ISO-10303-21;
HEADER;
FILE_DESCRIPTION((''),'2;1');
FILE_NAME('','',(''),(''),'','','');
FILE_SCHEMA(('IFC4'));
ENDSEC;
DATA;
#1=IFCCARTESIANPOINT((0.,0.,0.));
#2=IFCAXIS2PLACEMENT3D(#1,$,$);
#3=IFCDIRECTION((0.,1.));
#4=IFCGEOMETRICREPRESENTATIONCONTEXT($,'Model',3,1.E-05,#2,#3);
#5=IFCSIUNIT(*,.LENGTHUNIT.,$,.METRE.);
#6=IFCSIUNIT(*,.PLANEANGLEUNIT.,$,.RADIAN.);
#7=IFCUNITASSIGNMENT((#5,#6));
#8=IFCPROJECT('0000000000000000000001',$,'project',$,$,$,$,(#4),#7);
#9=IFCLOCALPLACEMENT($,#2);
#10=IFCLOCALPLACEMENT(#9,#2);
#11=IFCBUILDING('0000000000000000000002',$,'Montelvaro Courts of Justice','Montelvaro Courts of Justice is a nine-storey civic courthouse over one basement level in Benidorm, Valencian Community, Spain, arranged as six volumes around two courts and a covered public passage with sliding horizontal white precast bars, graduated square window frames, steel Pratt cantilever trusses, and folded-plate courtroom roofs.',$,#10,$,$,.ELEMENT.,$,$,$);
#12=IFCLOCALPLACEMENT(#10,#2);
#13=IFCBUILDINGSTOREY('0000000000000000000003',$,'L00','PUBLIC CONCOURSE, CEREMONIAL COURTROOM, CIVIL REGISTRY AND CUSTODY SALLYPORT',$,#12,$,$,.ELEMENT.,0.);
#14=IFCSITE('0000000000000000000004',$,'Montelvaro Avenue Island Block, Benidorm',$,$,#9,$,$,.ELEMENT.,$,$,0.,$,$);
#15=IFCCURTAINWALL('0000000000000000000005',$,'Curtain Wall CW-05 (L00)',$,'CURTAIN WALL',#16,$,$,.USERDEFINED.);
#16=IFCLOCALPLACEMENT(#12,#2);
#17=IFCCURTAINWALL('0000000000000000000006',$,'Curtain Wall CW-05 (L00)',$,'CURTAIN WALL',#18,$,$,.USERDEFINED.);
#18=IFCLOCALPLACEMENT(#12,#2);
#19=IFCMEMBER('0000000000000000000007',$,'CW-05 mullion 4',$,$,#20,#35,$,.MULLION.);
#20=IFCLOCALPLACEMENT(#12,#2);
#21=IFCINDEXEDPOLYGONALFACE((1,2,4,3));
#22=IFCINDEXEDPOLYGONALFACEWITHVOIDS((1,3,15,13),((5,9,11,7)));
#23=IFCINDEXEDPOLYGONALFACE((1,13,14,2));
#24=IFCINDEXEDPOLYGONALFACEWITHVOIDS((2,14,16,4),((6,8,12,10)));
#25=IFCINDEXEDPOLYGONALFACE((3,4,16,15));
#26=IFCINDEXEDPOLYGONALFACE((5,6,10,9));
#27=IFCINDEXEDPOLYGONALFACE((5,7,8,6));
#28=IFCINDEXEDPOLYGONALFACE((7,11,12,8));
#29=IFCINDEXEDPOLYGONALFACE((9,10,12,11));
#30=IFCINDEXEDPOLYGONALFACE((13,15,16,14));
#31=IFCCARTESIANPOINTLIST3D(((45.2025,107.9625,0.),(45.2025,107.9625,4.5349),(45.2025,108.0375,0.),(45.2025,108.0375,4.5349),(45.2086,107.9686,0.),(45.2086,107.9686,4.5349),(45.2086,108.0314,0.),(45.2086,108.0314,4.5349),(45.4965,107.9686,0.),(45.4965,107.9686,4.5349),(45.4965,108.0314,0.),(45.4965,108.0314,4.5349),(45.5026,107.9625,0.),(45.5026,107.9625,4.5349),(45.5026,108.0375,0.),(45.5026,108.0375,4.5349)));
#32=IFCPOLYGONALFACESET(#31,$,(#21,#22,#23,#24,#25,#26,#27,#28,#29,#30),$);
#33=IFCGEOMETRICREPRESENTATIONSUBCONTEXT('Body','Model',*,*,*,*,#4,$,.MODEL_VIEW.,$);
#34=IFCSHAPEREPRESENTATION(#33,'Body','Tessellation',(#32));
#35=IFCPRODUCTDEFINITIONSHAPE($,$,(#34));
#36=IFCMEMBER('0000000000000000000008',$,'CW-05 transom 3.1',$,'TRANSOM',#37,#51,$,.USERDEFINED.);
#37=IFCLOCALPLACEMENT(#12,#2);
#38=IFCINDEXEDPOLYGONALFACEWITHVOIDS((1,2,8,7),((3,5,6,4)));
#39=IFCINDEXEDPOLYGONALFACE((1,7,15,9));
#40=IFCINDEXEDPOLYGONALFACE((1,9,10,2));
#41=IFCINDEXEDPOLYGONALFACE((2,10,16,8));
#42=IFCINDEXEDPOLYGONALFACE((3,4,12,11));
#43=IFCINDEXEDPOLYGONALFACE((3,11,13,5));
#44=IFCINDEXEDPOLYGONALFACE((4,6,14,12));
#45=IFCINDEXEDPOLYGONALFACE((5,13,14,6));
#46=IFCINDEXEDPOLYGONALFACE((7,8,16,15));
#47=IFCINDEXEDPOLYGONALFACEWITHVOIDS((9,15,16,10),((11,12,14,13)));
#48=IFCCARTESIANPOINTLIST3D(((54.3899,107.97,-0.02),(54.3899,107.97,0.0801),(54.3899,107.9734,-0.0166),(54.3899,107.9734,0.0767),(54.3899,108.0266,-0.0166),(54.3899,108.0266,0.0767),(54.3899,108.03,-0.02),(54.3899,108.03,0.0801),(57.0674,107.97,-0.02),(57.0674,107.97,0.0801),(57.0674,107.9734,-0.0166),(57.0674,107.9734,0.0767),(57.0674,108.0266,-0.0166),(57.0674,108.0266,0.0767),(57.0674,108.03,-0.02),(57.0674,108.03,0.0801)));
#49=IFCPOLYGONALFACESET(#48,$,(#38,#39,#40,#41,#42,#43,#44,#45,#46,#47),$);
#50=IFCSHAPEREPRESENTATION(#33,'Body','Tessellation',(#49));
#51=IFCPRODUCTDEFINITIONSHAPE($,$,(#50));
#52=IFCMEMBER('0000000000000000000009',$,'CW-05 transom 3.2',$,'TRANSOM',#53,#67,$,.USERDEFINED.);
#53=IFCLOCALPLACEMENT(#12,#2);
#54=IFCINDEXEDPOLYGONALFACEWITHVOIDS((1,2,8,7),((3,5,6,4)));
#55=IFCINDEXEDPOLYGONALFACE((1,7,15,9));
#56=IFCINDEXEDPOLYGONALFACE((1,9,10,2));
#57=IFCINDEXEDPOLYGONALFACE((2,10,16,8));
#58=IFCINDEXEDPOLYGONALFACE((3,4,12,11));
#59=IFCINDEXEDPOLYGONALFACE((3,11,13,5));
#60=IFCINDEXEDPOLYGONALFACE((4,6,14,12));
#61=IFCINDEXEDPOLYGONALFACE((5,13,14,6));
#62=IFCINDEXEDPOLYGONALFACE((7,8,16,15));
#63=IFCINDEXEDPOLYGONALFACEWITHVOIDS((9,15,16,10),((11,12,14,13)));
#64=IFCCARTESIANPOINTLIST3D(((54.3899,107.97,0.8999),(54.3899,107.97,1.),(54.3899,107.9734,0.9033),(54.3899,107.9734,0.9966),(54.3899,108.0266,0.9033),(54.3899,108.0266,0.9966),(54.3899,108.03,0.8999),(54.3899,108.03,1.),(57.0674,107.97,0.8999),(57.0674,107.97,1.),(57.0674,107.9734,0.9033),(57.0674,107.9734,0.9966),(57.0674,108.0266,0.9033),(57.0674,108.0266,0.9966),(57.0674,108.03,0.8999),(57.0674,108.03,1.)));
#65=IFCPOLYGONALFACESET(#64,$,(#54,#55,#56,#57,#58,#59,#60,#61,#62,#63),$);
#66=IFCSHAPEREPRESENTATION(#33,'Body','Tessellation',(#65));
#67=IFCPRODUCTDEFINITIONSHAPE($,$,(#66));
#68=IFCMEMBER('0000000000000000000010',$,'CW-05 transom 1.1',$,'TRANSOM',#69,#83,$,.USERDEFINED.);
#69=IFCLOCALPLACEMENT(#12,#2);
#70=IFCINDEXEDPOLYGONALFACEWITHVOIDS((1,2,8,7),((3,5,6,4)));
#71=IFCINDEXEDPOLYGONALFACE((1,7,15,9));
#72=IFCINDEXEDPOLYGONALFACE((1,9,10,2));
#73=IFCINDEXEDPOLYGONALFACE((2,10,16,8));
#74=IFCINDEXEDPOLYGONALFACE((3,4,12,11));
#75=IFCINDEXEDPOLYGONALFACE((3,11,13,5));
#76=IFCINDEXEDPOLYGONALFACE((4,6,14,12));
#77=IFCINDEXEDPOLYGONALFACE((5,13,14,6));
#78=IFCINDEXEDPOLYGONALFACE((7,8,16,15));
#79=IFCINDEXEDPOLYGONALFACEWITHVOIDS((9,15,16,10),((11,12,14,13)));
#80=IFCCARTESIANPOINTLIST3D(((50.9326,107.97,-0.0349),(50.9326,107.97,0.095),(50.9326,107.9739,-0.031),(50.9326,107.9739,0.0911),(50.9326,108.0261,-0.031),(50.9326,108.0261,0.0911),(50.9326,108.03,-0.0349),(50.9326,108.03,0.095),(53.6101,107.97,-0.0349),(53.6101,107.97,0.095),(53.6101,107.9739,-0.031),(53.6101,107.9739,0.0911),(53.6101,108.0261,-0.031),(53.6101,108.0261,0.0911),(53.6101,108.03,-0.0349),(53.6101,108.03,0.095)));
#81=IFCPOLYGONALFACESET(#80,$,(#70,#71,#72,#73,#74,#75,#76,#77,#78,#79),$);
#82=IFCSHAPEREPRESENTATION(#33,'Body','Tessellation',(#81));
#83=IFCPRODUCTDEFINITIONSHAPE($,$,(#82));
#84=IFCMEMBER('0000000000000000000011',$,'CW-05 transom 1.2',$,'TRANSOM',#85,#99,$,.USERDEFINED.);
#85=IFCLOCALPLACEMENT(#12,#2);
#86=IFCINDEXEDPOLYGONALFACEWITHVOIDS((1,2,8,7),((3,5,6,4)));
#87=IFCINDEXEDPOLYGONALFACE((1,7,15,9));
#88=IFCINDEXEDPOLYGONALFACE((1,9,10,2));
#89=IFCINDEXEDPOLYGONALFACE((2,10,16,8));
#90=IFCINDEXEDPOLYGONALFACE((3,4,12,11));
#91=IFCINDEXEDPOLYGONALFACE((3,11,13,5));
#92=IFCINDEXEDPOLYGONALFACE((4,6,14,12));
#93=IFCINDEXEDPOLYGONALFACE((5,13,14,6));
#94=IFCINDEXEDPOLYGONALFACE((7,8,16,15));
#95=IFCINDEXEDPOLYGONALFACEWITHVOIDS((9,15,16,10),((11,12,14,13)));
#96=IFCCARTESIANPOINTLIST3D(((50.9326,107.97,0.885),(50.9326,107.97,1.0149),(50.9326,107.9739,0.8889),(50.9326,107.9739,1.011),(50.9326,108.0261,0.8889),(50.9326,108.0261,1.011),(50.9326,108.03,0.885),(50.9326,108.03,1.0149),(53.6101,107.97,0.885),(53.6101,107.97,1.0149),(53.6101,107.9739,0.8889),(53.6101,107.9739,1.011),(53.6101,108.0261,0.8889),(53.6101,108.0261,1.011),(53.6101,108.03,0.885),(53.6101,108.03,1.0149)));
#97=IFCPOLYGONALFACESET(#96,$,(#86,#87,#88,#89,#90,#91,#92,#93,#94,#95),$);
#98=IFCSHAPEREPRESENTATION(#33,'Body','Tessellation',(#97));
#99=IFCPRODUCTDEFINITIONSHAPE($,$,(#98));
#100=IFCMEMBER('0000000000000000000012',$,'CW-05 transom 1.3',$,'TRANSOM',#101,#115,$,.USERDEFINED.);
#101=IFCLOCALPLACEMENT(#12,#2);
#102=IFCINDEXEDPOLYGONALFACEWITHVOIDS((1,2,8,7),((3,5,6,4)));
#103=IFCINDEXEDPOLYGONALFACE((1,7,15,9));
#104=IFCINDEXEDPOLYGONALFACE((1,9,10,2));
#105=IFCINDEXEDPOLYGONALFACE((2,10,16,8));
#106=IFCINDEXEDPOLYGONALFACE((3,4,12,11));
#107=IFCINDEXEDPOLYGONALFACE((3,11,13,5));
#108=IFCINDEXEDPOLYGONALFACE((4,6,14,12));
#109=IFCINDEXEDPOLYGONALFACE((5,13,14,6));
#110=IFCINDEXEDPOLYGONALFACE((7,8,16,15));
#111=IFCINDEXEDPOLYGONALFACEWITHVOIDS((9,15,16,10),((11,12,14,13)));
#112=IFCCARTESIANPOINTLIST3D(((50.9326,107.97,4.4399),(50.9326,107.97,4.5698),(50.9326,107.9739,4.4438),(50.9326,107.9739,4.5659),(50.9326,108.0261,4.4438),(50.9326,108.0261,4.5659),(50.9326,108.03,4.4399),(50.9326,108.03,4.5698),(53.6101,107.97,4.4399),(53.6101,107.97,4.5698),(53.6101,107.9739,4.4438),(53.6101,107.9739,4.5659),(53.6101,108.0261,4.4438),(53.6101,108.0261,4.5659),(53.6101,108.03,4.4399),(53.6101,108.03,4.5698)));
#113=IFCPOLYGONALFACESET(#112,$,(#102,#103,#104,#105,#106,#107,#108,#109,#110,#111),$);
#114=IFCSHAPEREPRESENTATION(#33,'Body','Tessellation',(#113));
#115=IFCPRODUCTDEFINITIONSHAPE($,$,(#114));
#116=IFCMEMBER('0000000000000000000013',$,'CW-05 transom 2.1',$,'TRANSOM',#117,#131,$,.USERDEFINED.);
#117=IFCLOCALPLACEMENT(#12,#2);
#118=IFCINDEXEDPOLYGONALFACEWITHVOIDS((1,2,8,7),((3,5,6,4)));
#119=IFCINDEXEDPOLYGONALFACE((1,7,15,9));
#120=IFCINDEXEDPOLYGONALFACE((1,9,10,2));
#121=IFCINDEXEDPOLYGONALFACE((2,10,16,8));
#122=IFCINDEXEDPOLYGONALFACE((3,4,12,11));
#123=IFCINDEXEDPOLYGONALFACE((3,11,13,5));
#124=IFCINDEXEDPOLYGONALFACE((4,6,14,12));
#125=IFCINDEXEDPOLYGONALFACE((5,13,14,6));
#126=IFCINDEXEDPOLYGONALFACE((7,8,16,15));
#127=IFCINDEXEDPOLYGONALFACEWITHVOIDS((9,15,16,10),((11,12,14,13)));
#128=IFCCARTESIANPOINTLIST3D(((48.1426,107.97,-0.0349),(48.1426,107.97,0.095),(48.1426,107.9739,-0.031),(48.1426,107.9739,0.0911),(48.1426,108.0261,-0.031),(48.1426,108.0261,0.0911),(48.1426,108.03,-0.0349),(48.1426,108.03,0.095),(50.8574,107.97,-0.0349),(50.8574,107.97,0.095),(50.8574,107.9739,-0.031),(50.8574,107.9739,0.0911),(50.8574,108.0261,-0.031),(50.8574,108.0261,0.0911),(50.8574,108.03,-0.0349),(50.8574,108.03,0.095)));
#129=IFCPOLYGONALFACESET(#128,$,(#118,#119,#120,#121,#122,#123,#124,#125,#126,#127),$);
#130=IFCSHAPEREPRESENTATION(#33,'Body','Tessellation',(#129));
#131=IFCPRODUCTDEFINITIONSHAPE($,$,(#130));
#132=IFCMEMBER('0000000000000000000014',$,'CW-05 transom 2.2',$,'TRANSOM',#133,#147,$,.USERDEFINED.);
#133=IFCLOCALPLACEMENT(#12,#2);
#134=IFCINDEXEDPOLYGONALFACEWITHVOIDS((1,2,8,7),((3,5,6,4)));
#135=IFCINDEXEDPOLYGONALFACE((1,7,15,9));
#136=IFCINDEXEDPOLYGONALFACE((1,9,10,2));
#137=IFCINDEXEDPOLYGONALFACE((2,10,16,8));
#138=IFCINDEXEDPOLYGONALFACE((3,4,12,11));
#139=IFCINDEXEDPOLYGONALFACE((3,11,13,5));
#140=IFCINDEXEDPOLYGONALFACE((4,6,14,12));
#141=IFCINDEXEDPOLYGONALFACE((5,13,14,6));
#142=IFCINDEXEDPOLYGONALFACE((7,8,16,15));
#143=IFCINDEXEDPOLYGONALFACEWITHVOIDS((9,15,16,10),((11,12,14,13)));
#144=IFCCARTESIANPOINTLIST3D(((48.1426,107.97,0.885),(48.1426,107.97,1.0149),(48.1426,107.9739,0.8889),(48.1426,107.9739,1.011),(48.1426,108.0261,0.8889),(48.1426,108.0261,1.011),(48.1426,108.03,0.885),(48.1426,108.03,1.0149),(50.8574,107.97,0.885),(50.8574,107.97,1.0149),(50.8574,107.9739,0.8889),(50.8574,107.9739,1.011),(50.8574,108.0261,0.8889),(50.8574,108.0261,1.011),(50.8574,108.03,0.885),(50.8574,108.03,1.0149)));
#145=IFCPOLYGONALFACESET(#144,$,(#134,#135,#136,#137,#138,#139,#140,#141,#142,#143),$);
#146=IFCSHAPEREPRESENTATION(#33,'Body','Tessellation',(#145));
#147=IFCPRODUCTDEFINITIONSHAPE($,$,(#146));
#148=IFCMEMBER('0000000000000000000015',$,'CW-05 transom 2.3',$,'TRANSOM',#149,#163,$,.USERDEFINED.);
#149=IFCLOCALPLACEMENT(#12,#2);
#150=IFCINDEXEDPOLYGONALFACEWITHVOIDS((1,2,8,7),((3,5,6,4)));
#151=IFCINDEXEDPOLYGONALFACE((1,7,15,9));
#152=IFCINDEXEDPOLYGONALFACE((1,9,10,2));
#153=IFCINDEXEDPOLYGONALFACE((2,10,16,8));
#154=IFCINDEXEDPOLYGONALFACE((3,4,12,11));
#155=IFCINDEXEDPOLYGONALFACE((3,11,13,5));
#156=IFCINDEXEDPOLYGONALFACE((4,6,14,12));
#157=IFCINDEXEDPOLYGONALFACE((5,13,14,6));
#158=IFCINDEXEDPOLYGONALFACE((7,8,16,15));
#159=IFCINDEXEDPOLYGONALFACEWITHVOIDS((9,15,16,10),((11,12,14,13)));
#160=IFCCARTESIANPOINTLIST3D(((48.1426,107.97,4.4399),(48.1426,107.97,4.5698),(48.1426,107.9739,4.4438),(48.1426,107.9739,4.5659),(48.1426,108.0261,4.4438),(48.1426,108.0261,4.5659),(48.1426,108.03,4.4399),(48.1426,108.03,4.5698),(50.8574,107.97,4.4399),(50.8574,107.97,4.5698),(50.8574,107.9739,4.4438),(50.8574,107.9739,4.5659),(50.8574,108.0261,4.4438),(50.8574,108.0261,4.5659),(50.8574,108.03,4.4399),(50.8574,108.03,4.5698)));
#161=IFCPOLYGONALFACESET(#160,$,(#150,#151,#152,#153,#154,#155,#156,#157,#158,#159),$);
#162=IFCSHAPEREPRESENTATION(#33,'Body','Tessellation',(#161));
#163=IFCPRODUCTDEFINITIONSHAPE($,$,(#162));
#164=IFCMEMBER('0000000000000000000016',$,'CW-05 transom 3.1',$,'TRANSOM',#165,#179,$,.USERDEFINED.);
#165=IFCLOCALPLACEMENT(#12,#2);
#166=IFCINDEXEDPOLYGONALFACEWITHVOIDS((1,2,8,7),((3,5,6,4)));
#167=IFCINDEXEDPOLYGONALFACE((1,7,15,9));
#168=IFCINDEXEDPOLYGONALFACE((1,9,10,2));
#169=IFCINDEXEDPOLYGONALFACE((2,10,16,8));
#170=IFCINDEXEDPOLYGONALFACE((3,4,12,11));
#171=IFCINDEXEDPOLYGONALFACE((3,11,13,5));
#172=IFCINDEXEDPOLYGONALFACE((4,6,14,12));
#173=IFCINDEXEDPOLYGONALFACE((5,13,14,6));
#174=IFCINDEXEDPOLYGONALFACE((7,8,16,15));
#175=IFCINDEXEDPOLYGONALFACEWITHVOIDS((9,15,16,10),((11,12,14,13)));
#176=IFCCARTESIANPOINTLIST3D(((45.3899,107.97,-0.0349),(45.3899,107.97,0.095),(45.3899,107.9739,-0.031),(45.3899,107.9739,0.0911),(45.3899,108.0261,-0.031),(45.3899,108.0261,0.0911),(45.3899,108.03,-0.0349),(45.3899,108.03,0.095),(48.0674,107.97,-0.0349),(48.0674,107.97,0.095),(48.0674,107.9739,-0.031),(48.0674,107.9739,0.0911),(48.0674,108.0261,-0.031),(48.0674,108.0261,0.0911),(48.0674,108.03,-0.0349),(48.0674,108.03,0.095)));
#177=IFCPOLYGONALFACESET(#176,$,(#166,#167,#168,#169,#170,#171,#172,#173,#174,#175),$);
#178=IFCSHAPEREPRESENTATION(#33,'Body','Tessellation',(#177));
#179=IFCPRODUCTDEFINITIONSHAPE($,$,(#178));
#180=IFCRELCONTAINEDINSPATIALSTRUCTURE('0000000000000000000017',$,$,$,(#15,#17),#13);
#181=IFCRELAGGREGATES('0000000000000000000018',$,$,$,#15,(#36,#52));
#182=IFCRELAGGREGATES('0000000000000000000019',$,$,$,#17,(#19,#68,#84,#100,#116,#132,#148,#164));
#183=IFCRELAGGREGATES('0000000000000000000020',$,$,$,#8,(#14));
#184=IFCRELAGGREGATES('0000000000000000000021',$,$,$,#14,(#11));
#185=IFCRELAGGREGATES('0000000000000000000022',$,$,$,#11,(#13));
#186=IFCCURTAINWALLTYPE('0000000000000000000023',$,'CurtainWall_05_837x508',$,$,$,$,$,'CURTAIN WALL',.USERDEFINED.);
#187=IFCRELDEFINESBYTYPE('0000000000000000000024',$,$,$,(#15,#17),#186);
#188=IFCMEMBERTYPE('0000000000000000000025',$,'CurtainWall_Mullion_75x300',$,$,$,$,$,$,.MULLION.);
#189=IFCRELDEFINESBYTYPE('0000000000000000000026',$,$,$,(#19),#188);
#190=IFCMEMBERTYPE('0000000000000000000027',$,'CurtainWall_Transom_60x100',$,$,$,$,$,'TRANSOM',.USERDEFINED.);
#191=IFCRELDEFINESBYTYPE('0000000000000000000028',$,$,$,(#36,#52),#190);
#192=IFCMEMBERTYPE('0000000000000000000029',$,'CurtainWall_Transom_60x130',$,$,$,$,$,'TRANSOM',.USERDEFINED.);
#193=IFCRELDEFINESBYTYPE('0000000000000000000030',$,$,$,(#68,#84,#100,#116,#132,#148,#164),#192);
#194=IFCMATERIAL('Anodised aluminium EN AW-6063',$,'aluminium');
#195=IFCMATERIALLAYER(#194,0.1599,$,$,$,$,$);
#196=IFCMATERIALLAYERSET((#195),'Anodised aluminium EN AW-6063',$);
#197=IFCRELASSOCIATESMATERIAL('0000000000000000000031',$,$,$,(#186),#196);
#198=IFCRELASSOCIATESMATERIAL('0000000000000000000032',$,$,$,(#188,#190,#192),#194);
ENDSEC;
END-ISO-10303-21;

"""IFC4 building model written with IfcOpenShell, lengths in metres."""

from ifc_helpers import new_model, si_unit, direction, frame, origin, origin_2d, place, context, subcontext, project, spatial, hollow_rectangle, extrude, material, layer, layer_set, material_profile, profile_set, type_object, element, aggregate, save


model = new_model("IFC4")

# Units and contexts
model_context = context("Model", 3, precision=1e-05, world=origin(), true_north=direction((0.0, 1.0)))
body_context = subcontext(model_context, "Body", "Model", "MODEL_VIEW")
ifc_project = project(units=[si_unit("LENGTHUNIT", "METRE"), si_unit("PLANEANGLEUNIT", "RADIAN")], contexts=[model_context])

# Site, building, storey
site_placement = place(None, origin())
site = spatial("IfcSite", under=ifc_project, at=site_placement, Name="Montelvaro Avenue Island Block, Benidorm", CompositionType="ELEMENT", RefElevation=0.0)
building_placement = place(site_placement, origin())
building = spatial("IfcBuilding", under=site, at=building_placement, Name="Montelvaro Courts of Justice", Description="Montelvaro Courts of Justice is a nine-storey civic courthouse over one basement level in Benidorm, Valencian Community, Spain, arranged as six volumes around two courts and a covered public passage with sliding horizontal white precast bars, graduated square window frames, steel Pratt cantilever trusses, and folded-plate courtroom roofs.", CompositionType="ELEMENT")
storey_placement = place(building_placement, origin())
storey = spatial("IfcBuildingStorey", under=building, at=storey_placement, Name="L00", Description="PUBLIC CONCOURSE, CEREMONIAL COURTROOM, CIVIL REGISTRY AND CUSTODY SALLYPORT", CompositionType="ELEMENT", Elevation=0.0)

# Curtain wall
ifc_material_1 = material(Name="Anodised aluminium EN AW-6063", Category="aluminium")
ifc_layer_1 = layer(ifc_material_1, 0.1599)
ifc_layer_set_1 = layer_set([ifc_layer_1], Name="Anodised aluminium EN AW-6063")
curtain_wall_type = type_object("IfcCurtainWallType", Name="CurtainWall_05_837x508", ElementType="CURTAIN WALL", PredefinedType="USERDEFINED", material=ifc_layer_set_1)
curtain_wall_1_placement = place(storey_placement, origin())
curtain_wall_1 = element("IfcCurtainWall", 1, at=curtain_wall_1_placement, inside=storey, type_object=curtain_wall_type, Name="Curtain Wall CW-05 (L00)", ObjectType="CURTAIN WALL", PredefinedType="USERDEFINED")

# Curtain wall, member
curtain_wall_2_placement = place(storey_placement, origin())
curtain_wall_2 = element("IfcCurtainWall", 2, at=curtain_wall_2_placement, inside=storey, type_object=curtain_wall_type, Name="Curtain Wall CW-05 (L00)", ObjectType="CURTAIN WALL", PredefinedType="USERDEFINED")
ifc_material_profile_1 = material_profile(ifc_material_1, hollow_rectangle(XDim=0.075, YDim=0.3, WallThickness=0.0061, at=origin_2d()), Name="ALU-M 75x300")
ifc_profile_set_1 = profile_set([ifc_material_profile_1], Name="Anodised aluminium EN AW-6063")
member_type_1 = type_object("IfcMemberType", Name="CurtainWall_Mullion_75x300", PredefinedType="MULLION", material=ifc_profile_set_1)
member_1_placement = place(storey_placement, frame((45.3525, 108.0, 0.0), z_axis=(0.0, 0.0, 1.0), x_axis=(0.0, -1.0, 0.0)))
member_1 = element("IfcMember", 3, at=member_1_placement, type_object=member_type_1, Name="CW-05 mullion 4", PredefinedType="MULLION", context=body_context, shape_type="SweptSolid", body=[
    extrude(hollow_rectangle(XDim=0.075, YDim=0.3, WallThickness=0.0061, at=origin_2d()), origin(), (0.0, 0.0, 1.0), 4.5349),
])

# Members
ifc_material_profile_2 = material_profile(ifc_material_1, hollow_rectangle(XDim=0.0601, YDim=0.1001, WallThickness=0.0034, at=origin_2d()), Name="ALU-T 60x100")
ifc_profile_set_2 = profile_set([ifc_material_profile_2], Name="Anodised aluminium EN AW-6063")
member_type_2 = type_object("IfcMemberType", Name="CurtainWall_Transom_60x100", ElementType="TRANSOM", PredefinedType="USERDEFINED", material=ifc_profile_set_2)
member_2_placement = place(storey_placement, frame((57.0674, 108.0, 0.03), z_axis=(-1.0, 0.0, 0.0), x_axis=(0.0, -1.0, 0.0)))
member_2 = element("IfcMember", 4, at=member_2_placement, type_object=member_type_2, Name="CW-05 transom 3.1", ObjectType="TRANSOM", PredefinedType="USERDEFINED", context=body_context, shape_type="SweptSolid", body=[
    extrude(hollow_rectangle(XDim=0.0601, YDim=0.1001, WallThickness=0.0034, at=origin_2d()), origin(), (0.0, 0.0, 1.0), 2.6775),
])
member_3_placement = place(storey_placement, frame((57.0674, 108.0, 0.95), z_axis=(-1.0, 0.0, 0.0), x_axis=(0.0, -1.0, 0.0)))
member_3 = element("IfcMember", 5, at=member_3_placement, type_object=member_type_2, Name="CW-05 transom 3.2", ObjectType="TRANSOM", PredefinedType="USERDEFINED", context=body_context, shape_type="SweptSolid", body=[
    extrude(hollow_rectangle(XDim=0.0601, YDim=0.1001, WallThickness=0.0034, at=origin_2d()), origin(), (0.0, 0.0, 1.0), 2.6775),
])
ifc_material_profile_3 = material_profile(ifc_material_1, hollow_rectangle(XDim=0.0601, YDim=0.1299, WallThickness=0.0039, at=origin_2d()), Name="ALU-T 60x130")
ifc_profile_set_3 = profile_set([ifc_material_profile_3], Name="Anodised aluminium EN AW-6063")
member_type_3 = type_object("IfcMemberType", Name="CurtainWall_Transom_60x130", ElementType="TRANSOM", PredefinedType="USERDEFINED", material=ifc_profile_set_3)
member_4_placement = place(storey_placement, frame((53.6101, 108.0, 0.03), z_axis=(-1.0, 0.0, 0.0), x_axis=(0.0, -1.0, 0.0)))
member_4 = element("IfcMember", 6, at=member_4_placement, type_object=member_type_3, Name="CW-05 transom 1.1", ObjectType="TRANSOM", PredefinedType="USERDEFINED", context=body_context, shape_type="SweptSolid", body=[
    extrude(hollow_rectangle(XDim=0.0601, YDim=0.1299, WallThickness=0.0039, at=origin_2d()), origin(), (0.0, 0.0, 1.0), 2.6775),
])
member_5_placement = place(storey_placement, frame((53.6101, 108.0, 0.95), z_axis=(-1.0, 0.0, 0.0), x_axis=(0.0, -1.0, 0.0)))
member_5 = element("IfcMember", 7, at=member_5_placement, type_object=member_type_3, Name="CW-05 transom 1.2", ObjectType="TRANSOM", PredefinedType="USERDEFINED", context=body_context, shape_type="SweptSolid", body=[
    extrude(hollow_rectangle(XDim=0.0601, YDim=0.1299, WallThickness=0.0039, at=origin_2d()), origin(), (0.0, 0.0, 1.0), 2.6775),
])
member_6_placement = place(storey_placement, frame((53.6101, 108.0, 4.5049), z_axis=(-1.0, 0.0, 0.0), x_axis=(0.0, -1.0, 0.0)))
member_6 = element("IfcMember", 8, at=member_6_placement, type_object=member_type_3, Name="CW-05 transom 1.3", ObjectType="TRANSOM", PredefinedType="USERDEFINED", context=body_context, shape_type="SweptSolid", body=[
    extrude(hollow_rectangle(XDim=0.0601, YDim=0.1299, WallThickness=0.0039, at=origin_2d()), origin(), (0.0, 0.0, 1.0), 2.6775),
])
member_7_placement = place(storey_placement, frame((50.8574, 108.0, 0.03), z_axis=(-1.0, 0.0, 0.0), x_axis=(0.0, -1.0, 0.0)))
member_7 = element("IfcMember", 9, at=member_7_placement, type_object=member_type_3, Name="CW-05 transom 2.1", ObjectType="TRANSOM", PredefinedType="USERDEFINED", context=body_context, shape_type="SweptSolid", body=[
    extrude(hollow_rectangle(XDim=0.0601, YDim=0.1299, WallThickness=0.0039, at=origin_2d()), origin(), (0.0, 0.0, 1.0), 2.7148),
])
member_8_placement = place(storey_placement, frame((50.8574, 108.0, 0.95), z_axis=(-1.0, 0.0, 0.0), x_axis=(0.0, -1.0, 0.0)))
member_8 = element("IfcMember", 10, at=member_8_placement, type_object=member_type_3, Name="CW-05 transom 2.2", ObjectType="TRANSOM", PredefinedType="USERDEFINED", context=body_context, shape_type="SweptSolid", body=[
    extrude(hollow_rectangle(XDim=0.0601, YDim=0.1299, WallThickness=0.0039, at=origin_2d()), origin(), (0.0, 0.0, 1.0), 2.7148),
])
member_9_placement = place(storey_placement, frame((50.8574, 108.0, 4.5049), z_axis=(-1.0, 0.0, 0.0), x_axis=(0.0, -1.0, 0.0)))
member_9 = element("IfcMember", 11, at=member_9_placement, type_object=member_type_3, Name="CW-05 transom 2.3", ObjectType="TRANSOM", PredefinedType="USERDEFINED", context=body_context, shape_type="SweptSolid", body=[
    extrude(hollow_rectangle(XDim=0.0601, YDim=0.1299, WallThickness=0.0039, at=origin_2d()), origin(), (0.0, 0.0, 1.0), 2.7148),
])
member_10_placement = place(storey_placement, frame((48.0674, 108.0, 0.03), z_axis=(-1.0, 0.0, 0.0), x_axis=(0.0, -1.0, 0.0)))
member_10 = element("IfcMember", 12, at=member_10_placement, type_object=member_type_3, Name="CW-05 transom 3.1", ObjectType="TRANSOM", PredefinedType="USERDEFINED", context=body_context, shape_type="SweptSolid", body=[
    extrude(hollow_rectangle(XDim=0.0601, YDim=0.1299, WallThickness=0.0039, at=origin_2d()), origin(), (0.0, 0.0, 1.0), 2.6775),
])

aggregate(curtain_wall_1, [member_2, member_3])
aggregate(curtain_wall_2, [member_1, member_4, member_5, member_6, member_7, member_8, member_9, member_10])

save(model, "model.ifc")
